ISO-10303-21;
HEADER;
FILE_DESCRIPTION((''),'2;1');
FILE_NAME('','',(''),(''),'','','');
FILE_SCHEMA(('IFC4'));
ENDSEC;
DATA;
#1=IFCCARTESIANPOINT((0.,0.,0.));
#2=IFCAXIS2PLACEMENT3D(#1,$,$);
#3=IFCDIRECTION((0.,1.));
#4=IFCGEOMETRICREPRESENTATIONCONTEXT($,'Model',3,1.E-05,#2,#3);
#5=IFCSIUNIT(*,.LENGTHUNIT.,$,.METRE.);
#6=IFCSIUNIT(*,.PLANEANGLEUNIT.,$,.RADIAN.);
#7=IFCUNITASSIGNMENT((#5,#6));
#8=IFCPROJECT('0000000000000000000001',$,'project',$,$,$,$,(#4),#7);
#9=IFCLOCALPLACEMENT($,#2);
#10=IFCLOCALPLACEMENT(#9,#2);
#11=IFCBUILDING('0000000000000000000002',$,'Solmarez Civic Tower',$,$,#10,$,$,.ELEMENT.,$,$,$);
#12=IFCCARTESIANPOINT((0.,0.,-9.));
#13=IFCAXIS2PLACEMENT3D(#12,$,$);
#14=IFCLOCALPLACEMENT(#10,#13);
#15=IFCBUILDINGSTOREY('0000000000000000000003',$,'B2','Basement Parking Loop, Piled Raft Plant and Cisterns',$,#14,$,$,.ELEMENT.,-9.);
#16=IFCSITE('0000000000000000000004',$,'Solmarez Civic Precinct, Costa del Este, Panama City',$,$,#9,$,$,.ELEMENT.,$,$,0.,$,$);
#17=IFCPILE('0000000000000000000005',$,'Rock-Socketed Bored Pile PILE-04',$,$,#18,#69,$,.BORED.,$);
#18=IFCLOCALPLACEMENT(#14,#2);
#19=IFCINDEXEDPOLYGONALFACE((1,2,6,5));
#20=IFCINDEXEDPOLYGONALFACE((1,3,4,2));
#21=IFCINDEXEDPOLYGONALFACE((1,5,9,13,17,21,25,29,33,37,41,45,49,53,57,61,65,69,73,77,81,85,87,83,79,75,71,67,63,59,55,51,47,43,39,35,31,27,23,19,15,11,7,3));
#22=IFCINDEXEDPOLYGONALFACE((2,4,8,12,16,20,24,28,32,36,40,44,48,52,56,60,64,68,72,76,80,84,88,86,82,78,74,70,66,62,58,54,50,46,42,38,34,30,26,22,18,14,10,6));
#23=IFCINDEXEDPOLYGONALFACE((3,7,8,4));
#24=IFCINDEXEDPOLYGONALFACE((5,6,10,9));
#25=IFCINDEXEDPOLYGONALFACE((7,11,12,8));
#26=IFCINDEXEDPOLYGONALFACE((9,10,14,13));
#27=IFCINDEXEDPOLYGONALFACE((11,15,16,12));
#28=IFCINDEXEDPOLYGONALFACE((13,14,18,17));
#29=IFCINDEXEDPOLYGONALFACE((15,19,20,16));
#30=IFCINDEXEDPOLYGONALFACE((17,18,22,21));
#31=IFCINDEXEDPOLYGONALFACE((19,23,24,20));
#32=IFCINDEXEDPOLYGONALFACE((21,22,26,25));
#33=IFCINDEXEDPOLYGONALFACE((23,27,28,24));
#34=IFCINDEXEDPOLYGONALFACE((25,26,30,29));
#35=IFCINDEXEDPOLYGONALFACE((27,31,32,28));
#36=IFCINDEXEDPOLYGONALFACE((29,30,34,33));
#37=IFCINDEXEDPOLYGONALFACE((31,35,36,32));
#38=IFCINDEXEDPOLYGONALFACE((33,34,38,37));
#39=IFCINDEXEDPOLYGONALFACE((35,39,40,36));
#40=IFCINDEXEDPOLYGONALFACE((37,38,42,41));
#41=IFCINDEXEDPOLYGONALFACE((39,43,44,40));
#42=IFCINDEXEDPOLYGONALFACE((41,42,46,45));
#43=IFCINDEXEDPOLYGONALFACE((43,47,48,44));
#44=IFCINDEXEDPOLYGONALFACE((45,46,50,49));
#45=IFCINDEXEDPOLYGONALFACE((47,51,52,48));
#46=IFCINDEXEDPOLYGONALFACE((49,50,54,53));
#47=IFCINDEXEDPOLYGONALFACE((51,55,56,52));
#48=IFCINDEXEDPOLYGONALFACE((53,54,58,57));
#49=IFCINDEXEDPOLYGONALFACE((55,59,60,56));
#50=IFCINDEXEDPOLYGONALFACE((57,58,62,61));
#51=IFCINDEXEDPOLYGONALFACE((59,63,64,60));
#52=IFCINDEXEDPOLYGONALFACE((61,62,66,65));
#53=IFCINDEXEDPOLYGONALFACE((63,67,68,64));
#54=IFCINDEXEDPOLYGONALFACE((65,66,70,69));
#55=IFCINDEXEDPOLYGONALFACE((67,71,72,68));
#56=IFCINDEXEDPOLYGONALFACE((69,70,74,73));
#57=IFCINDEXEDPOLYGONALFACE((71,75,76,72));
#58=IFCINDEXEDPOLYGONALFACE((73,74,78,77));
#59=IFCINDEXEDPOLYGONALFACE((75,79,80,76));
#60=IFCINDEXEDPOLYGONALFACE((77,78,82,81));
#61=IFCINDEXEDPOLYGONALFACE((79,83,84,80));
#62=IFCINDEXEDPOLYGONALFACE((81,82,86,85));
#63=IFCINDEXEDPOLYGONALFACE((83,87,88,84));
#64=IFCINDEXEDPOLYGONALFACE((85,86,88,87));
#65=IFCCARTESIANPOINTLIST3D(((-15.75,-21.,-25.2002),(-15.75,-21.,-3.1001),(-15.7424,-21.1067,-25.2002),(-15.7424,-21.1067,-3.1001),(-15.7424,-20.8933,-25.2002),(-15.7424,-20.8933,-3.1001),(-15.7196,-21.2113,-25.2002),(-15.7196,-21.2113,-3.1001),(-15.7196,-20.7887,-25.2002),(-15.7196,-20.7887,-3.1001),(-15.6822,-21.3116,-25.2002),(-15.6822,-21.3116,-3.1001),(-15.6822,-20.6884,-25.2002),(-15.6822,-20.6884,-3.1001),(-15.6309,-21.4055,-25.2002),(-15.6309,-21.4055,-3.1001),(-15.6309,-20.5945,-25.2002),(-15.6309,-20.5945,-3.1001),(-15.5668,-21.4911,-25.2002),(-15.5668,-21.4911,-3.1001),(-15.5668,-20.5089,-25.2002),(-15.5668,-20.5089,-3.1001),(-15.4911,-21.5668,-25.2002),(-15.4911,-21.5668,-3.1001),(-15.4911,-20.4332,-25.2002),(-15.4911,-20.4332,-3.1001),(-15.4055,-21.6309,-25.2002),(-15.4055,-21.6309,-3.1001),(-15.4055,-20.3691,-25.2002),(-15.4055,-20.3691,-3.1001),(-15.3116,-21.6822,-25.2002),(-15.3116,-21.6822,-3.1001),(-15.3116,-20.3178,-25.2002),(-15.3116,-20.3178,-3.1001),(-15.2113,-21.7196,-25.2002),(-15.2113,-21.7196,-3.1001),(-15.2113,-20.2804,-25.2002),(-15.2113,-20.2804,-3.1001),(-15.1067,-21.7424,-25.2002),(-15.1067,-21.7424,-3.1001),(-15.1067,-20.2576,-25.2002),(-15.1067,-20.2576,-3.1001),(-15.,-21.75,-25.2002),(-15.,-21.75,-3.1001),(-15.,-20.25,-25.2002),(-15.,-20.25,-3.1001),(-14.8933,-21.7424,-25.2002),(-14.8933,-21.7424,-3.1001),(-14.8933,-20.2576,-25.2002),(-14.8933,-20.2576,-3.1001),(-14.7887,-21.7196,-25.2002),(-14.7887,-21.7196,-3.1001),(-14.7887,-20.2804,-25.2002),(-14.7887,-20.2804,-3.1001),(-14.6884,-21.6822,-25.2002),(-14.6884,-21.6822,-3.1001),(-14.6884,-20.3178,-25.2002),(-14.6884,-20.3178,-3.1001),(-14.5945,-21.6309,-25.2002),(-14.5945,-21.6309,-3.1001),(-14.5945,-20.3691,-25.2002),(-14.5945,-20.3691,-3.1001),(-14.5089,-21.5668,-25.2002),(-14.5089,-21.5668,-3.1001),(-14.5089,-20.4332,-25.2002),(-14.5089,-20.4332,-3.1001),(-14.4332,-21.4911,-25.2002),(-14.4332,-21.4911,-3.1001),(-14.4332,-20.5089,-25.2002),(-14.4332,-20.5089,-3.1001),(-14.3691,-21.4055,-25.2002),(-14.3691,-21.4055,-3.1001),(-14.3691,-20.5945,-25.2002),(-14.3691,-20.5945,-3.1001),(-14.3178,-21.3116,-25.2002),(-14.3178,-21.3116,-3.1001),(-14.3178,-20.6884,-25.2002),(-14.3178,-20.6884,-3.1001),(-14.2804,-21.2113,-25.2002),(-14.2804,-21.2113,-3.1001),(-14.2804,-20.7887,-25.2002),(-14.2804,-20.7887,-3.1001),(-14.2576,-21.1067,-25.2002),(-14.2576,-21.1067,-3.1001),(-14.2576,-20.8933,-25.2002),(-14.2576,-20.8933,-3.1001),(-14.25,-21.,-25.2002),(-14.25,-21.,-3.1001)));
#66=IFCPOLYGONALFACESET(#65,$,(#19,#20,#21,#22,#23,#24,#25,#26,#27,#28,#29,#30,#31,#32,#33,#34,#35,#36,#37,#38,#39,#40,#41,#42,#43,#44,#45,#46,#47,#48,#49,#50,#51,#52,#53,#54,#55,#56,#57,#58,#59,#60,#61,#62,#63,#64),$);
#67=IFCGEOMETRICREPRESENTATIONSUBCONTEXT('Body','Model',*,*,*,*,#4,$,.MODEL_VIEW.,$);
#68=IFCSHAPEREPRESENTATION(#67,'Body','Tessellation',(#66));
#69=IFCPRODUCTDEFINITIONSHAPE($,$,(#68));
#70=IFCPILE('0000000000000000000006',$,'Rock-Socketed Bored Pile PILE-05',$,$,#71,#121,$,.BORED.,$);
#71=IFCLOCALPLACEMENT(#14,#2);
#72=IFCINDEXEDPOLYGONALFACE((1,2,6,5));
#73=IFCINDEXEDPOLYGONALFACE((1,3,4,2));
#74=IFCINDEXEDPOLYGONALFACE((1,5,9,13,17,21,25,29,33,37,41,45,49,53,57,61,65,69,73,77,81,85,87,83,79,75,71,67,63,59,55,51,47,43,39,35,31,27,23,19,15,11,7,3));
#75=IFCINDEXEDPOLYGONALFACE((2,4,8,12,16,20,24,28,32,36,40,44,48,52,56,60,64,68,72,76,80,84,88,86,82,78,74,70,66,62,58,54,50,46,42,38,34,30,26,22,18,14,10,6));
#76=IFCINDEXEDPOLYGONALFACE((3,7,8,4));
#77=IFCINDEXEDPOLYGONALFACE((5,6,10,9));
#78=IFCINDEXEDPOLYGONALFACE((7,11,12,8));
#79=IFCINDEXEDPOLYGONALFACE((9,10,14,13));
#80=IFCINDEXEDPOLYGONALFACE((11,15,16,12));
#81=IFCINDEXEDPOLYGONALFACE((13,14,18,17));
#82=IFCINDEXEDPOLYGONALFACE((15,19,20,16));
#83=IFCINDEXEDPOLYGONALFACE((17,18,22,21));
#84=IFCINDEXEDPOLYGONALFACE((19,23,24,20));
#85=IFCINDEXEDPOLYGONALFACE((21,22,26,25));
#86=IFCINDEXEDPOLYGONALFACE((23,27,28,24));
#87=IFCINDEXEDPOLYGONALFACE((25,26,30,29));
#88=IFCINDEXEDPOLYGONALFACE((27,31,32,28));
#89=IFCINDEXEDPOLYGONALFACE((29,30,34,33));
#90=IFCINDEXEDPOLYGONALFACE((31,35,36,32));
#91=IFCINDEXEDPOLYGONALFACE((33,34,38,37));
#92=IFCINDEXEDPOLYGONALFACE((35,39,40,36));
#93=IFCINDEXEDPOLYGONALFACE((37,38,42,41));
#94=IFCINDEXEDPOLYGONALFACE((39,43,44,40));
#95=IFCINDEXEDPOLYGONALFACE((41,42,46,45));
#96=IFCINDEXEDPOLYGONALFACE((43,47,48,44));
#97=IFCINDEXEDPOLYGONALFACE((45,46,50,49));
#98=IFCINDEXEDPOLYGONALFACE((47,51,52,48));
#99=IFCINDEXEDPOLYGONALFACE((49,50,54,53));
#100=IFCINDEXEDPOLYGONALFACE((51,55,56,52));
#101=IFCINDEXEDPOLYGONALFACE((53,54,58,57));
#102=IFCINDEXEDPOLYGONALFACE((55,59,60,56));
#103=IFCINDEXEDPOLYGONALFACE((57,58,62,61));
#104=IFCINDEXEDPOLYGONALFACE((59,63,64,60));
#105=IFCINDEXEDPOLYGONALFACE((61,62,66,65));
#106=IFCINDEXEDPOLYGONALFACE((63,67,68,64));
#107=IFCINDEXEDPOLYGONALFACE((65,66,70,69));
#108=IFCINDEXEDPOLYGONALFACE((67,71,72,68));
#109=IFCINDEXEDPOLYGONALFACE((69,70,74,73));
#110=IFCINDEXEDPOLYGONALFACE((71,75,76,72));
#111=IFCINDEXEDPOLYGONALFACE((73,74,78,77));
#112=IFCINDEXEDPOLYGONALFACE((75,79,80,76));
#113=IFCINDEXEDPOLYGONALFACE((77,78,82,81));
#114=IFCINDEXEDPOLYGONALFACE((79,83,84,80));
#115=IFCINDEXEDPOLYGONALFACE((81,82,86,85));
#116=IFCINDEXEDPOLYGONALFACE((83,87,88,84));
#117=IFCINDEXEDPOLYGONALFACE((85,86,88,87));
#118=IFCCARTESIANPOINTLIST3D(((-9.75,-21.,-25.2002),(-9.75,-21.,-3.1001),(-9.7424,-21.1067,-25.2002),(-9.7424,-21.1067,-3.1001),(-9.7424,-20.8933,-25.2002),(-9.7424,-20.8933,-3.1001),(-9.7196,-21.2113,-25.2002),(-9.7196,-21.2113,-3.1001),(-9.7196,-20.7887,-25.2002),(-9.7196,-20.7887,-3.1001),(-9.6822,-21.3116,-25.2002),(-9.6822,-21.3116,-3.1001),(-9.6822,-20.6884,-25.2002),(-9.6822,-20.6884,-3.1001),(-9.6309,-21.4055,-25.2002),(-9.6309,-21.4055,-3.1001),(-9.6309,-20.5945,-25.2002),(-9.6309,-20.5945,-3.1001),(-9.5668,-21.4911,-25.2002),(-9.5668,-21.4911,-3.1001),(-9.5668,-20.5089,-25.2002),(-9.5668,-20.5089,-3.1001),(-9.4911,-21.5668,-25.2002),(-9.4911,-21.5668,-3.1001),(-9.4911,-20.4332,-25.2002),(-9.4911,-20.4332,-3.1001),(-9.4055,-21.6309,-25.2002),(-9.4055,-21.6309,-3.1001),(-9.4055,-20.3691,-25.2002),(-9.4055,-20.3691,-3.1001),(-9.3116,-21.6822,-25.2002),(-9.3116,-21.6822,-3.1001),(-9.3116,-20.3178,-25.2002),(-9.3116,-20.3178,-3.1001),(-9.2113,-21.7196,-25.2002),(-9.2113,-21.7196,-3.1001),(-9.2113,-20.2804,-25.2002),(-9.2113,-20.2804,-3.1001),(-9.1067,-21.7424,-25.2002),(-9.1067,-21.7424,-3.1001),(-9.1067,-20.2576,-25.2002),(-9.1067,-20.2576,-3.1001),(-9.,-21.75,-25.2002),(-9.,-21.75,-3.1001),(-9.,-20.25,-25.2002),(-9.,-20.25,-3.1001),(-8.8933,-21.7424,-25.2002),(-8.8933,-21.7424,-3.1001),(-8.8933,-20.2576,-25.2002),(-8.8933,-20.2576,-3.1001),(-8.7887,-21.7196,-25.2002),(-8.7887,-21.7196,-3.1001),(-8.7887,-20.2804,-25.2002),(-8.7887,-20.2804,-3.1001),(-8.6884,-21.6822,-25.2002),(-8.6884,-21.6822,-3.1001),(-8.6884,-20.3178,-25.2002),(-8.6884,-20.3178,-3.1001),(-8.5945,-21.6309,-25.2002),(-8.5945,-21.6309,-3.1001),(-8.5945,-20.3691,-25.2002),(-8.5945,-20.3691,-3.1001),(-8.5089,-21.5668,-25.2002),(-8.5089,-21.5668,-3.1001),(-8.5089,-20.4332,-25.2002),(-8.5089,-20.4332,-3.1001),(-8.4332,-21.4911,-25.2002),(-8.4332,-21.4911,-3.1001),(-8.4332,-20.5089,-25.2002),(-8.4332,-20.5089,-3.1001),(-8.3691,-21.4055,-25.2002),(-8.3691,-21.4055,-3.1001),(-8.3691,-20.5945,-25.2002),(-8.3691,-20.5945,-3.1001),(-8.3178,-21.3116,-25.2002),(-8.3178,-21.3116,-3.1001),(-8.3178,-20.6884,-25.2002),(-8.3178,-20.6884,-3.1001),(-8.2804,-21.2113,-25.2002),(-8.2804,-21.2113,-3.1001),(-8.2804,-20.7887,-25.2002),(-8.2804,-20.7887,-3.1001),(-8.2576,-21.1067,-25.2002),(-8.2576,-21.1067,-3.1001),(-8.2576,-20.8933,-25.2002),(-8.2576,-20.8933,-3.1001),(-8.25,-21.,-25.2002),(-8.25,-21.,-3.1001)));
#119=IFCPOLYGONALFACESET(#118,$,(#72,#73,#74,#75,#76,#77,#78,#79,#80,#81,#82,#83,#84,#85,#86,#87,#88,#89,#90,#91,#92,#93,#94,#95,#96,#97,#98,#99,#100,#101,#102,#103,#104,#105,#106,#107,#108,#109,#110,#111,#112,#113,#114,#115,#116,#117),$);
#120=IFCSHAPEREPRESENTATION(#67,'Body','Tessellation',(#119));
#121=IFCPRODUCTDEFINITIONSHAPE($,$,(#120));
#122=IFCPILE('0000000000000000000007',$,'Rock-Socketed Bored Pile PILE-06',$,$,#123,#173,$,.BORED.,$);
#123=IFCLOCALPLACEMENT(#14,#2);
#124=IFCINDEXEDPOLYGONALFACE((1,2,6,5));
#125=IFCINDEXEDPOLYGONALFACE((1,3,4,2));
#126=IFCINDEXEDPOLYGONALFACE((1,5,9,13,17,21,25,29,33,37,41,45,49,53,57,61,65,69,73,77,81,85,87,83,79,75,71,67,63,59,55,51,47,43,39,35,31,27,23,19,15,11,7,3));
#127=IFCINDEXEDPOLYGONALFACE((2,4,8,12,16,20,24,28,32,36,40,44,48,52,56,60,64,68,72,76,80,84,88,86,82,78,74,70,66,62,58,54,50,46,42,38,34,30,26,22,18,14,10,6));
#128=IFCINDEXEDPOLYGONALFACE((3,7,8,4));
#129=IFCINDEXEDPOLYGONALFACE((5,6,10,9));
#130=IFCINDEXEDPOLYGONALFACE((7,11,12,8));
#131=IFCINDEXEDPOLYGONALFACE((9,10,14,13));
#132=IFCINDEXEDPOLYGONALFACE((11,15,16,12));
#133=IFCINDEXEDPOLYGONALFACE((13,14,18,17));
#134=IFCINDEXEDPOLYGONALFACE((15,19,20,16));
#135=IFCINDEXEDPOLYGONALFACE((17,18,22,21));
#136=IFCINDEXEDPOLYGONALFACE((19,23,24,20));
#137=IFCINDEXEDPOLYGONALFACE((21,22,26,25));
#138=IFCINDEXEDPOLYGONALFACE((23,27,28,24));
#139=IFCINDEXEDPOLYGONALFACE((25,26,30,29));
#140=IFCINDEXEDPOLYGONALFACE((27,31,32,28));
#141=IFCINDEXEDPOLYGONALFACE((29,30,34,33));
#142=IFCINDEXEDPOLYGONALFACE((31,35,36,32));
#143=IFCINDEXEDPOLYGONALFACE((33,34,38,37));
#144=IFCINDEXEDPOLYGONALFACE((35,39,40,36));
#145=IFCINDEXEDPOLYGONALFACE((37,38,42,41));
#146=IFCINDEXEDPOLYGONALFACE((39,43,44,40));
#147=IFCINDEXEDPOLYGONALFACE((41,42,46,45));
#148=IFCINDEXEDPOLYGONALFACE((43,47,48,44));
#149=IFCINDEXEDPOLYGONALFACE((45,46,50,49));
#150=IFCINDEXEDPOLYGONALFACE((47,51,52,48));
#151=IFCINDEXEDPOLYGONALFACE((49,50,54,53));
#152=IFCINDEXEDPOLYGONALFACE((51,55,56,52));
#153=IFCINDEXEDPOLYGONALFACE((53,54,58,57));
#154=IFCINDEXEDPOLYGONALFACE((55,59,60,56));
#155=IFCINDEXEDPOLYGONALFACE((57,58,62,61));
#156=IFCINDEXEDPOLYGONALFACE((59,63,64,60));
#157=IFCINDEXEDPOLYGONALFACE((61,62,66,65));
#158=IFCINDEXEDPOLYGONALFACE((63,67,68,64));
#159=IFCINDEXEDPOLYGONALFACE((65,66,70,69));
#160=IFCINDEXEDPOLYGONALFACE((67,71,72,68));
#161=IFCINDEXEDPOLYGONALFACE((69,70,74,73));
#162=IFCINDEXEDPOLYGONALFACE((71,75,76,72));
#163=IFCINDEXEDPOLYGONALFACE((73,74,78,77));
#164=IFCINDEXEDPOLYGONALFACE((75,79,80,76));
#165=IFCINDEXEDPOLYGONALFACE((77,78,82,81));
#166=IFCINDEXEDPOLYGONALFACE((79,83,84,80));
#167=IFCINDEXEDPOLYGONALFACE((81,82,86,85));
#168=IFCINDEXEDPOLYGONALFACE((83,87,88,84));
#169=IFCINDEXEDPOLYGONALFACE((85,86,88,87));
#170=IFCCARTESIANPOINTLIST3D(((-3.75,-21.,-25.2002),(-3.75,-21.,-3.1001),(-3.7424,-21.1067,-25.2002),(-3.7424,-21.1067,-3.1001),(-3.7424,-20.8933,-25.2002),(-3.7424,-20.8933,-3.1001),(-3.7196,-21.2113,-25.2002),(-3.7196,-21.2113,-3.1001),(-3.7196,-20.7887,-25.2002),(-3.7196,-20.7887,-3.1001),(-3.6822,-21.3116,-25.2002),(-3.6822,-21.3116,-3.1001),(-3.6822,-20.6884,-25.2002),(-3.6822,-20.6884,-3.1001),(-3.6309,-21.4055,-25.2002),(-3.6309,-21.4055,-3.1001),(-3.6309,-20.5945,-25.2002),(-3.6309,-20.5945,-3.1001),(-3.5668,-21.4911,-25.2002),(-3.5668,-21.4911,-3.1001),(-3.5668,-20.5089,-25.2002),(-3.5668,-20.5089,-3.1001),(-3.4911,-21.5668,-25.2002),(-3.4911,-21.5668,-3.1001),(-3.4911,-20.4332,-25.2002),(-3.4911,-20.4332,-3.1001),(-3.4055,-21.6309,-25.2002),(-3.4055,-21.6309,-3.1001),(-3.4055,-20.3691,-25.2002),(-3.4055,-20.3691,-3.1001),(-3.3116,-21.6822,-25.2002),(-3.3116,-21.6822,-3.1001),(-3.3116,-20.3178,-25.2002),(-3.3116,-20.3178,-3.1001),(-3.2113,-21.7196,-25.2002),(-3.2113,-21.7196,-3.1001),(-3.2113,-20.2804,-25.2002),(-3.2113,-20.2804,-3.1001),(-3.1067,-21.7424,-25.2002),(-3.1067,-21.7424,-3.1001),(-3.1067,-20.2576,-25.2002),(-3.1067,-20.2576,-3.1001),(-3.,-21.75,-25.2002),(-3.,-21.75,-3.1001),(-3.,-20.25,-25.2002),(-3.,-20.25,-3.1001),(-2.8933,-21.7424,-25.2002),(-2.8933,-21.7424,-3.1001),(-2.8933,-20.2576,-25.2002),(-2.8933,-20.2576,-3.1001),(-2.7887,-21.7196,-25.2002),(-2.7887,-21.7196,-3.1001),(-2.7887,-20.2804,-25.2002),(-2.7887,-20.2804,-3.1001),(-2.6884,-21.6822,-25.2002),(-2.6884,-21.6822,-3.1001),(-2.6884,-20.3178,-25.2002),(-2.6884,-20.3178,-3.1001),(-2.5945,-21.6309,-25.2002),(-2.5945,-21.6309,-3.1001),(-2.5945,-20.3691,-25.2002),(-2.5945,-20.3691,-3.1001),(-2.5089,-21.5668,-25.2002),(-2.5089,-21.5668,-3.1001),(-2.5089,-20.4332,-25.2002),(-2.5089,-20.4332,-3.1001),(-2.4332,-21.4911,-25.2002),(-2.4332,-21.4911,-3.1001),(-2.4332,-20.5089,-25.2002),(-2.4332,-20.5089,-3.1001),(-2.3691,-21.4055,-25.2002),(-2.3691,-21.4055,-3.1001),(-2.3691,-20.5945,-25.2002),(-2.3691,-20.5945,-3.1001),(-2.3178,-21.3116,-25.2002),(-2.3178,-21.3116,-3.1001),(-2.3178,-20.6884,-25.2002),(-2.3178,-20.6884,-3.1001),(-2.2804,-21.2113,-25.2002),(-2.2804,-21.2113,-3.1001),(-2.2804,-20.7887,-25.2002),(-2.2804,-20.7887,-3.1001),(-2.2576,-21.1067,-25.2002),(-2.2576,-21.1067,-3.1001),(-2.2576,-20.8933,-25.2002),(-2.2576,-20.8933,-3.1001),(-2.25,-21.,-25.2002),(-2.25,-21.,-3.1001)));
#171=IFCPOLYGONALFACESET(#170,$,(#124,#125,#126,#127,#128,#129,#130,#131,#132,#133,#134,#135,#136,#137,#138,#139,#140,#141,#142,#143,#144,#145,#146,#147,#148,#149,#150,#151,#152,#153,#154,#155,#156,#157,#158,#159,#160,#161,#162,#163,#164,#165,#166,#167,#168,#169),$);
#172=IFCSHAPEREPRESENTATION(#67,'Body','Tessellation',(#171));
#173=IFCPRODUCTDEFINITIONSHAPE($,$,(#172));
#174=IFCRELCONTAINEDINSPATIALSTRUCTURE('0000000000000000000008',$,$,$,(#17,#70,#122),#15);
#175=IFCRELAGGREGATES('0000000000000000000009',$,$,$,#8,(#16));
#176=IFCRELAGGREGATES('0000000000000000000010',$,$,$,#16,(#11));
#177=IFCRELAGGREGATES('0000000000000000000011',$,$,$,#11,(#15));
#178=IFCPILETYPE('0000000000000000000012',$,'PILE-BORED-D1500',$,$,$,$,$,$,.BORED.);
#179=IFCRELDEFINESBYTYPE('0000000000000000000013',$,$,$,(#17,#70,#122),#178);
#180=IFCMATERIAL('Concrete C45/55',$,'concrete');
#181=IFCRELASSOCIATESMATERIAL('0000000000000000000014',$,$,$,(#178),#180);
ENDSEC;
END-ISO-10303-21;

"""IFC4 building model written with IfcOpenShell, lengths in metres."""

from ifc_helpers import new_model, si_unit, direction, frame, origin, origin_2d, place, context, subcontext, project, spatial, circle, extrude, material, material_profile, profile_set, type_object, element, save


model = new_model("IFC4")

# Units and contexts
model_context = context("Model", 3, precision=1e-05, world=origin(), true_north=direction((0.0, 1.0)))
body_context = subcontext(model_context, "Body", "Model", "MODEL_VIEW")
ifc_project = project(units=[si_unit("LENGTHUNIT", "METRE"), si_unit("PLANEANGLEUNIT", "RADIAN")], contexts=[model_context])

# Site, building, storey
site_placement = place(None, origin())
site = spatial("IfcSite", under=ifc_project, at=site_placement, Name="Solmarez Civic Precinct, Costa del Este, Panama City", CompositionType="ELEMENT", RefElevation=0.0)
building_placement = place(site_placement, origin())
building = spatial("IfcBuilding", under=site, at=building_placement, Name="Solmarez Civic Tower", CompositionType="ELEMENT")
storey_placement = place(building_placement, frame((0.0, 0.0, -9.0)))
storey = spatial("IfcBuildingStorey", under=building, at=storey_placement, Name="B2", Description="Basement Parking Loop, Piled Raft Plant and Cisterns", CompositionType="ELEMENT", Elevation=-9.0)

# Piles
ifc_material_1 = material(Name="Concrete C45/55", Category="concrete")
ifc_material_profile_1 = material_profile(ifc_material_1, circle(Radius=0.75, at=origin_2d()), Name="PILE-D1500")
ifc_profile_set_1 = profile_set([ifc_material_profile_1], Name="Concrete C45/55")
pile_type = type_object("IfcPileType", Name="PILE-BORED-D1500", PredefinedType="BORED", material=ifc_profile_set_1)
for number, where, z_axis, x_axis, name in (
    (1, (-15.0, -21.0, -3.1001), (0.0, 0.0, -1.0), (1.0, 0.0, 0.0), "Rock-Socketed Bored Pile PILE-04"),
    (2, (-9.0, -21.0, -3.1001), (0.0, 0.0, -1.0), (1.0, 0.0, 0.0), "Rock-Socketed Bored Pile PILE-05"),
    (3, (-3.0, -21.0, -3.1001), (0.0, 0.0, -1.0), (1.0, 0.0, 0.0), "Rock-Socketed Bored Pile PILE-06"),
):
    element("IfcPile", number, at=place(storey_placement, frame(where, z_axis=z_axis, x_axis=x_axis)), inside=storey, type_object=pile_type, Name=name, PredefinedType="BORED", context=body_context, shape_type="SweptSolid", body=[
        extrude(circle(Radius=0.75, at=origin_2d()), origin(), (0.0, 0.0, 1.0), 22.1001),
    ])

save(model, "model.ifc")
